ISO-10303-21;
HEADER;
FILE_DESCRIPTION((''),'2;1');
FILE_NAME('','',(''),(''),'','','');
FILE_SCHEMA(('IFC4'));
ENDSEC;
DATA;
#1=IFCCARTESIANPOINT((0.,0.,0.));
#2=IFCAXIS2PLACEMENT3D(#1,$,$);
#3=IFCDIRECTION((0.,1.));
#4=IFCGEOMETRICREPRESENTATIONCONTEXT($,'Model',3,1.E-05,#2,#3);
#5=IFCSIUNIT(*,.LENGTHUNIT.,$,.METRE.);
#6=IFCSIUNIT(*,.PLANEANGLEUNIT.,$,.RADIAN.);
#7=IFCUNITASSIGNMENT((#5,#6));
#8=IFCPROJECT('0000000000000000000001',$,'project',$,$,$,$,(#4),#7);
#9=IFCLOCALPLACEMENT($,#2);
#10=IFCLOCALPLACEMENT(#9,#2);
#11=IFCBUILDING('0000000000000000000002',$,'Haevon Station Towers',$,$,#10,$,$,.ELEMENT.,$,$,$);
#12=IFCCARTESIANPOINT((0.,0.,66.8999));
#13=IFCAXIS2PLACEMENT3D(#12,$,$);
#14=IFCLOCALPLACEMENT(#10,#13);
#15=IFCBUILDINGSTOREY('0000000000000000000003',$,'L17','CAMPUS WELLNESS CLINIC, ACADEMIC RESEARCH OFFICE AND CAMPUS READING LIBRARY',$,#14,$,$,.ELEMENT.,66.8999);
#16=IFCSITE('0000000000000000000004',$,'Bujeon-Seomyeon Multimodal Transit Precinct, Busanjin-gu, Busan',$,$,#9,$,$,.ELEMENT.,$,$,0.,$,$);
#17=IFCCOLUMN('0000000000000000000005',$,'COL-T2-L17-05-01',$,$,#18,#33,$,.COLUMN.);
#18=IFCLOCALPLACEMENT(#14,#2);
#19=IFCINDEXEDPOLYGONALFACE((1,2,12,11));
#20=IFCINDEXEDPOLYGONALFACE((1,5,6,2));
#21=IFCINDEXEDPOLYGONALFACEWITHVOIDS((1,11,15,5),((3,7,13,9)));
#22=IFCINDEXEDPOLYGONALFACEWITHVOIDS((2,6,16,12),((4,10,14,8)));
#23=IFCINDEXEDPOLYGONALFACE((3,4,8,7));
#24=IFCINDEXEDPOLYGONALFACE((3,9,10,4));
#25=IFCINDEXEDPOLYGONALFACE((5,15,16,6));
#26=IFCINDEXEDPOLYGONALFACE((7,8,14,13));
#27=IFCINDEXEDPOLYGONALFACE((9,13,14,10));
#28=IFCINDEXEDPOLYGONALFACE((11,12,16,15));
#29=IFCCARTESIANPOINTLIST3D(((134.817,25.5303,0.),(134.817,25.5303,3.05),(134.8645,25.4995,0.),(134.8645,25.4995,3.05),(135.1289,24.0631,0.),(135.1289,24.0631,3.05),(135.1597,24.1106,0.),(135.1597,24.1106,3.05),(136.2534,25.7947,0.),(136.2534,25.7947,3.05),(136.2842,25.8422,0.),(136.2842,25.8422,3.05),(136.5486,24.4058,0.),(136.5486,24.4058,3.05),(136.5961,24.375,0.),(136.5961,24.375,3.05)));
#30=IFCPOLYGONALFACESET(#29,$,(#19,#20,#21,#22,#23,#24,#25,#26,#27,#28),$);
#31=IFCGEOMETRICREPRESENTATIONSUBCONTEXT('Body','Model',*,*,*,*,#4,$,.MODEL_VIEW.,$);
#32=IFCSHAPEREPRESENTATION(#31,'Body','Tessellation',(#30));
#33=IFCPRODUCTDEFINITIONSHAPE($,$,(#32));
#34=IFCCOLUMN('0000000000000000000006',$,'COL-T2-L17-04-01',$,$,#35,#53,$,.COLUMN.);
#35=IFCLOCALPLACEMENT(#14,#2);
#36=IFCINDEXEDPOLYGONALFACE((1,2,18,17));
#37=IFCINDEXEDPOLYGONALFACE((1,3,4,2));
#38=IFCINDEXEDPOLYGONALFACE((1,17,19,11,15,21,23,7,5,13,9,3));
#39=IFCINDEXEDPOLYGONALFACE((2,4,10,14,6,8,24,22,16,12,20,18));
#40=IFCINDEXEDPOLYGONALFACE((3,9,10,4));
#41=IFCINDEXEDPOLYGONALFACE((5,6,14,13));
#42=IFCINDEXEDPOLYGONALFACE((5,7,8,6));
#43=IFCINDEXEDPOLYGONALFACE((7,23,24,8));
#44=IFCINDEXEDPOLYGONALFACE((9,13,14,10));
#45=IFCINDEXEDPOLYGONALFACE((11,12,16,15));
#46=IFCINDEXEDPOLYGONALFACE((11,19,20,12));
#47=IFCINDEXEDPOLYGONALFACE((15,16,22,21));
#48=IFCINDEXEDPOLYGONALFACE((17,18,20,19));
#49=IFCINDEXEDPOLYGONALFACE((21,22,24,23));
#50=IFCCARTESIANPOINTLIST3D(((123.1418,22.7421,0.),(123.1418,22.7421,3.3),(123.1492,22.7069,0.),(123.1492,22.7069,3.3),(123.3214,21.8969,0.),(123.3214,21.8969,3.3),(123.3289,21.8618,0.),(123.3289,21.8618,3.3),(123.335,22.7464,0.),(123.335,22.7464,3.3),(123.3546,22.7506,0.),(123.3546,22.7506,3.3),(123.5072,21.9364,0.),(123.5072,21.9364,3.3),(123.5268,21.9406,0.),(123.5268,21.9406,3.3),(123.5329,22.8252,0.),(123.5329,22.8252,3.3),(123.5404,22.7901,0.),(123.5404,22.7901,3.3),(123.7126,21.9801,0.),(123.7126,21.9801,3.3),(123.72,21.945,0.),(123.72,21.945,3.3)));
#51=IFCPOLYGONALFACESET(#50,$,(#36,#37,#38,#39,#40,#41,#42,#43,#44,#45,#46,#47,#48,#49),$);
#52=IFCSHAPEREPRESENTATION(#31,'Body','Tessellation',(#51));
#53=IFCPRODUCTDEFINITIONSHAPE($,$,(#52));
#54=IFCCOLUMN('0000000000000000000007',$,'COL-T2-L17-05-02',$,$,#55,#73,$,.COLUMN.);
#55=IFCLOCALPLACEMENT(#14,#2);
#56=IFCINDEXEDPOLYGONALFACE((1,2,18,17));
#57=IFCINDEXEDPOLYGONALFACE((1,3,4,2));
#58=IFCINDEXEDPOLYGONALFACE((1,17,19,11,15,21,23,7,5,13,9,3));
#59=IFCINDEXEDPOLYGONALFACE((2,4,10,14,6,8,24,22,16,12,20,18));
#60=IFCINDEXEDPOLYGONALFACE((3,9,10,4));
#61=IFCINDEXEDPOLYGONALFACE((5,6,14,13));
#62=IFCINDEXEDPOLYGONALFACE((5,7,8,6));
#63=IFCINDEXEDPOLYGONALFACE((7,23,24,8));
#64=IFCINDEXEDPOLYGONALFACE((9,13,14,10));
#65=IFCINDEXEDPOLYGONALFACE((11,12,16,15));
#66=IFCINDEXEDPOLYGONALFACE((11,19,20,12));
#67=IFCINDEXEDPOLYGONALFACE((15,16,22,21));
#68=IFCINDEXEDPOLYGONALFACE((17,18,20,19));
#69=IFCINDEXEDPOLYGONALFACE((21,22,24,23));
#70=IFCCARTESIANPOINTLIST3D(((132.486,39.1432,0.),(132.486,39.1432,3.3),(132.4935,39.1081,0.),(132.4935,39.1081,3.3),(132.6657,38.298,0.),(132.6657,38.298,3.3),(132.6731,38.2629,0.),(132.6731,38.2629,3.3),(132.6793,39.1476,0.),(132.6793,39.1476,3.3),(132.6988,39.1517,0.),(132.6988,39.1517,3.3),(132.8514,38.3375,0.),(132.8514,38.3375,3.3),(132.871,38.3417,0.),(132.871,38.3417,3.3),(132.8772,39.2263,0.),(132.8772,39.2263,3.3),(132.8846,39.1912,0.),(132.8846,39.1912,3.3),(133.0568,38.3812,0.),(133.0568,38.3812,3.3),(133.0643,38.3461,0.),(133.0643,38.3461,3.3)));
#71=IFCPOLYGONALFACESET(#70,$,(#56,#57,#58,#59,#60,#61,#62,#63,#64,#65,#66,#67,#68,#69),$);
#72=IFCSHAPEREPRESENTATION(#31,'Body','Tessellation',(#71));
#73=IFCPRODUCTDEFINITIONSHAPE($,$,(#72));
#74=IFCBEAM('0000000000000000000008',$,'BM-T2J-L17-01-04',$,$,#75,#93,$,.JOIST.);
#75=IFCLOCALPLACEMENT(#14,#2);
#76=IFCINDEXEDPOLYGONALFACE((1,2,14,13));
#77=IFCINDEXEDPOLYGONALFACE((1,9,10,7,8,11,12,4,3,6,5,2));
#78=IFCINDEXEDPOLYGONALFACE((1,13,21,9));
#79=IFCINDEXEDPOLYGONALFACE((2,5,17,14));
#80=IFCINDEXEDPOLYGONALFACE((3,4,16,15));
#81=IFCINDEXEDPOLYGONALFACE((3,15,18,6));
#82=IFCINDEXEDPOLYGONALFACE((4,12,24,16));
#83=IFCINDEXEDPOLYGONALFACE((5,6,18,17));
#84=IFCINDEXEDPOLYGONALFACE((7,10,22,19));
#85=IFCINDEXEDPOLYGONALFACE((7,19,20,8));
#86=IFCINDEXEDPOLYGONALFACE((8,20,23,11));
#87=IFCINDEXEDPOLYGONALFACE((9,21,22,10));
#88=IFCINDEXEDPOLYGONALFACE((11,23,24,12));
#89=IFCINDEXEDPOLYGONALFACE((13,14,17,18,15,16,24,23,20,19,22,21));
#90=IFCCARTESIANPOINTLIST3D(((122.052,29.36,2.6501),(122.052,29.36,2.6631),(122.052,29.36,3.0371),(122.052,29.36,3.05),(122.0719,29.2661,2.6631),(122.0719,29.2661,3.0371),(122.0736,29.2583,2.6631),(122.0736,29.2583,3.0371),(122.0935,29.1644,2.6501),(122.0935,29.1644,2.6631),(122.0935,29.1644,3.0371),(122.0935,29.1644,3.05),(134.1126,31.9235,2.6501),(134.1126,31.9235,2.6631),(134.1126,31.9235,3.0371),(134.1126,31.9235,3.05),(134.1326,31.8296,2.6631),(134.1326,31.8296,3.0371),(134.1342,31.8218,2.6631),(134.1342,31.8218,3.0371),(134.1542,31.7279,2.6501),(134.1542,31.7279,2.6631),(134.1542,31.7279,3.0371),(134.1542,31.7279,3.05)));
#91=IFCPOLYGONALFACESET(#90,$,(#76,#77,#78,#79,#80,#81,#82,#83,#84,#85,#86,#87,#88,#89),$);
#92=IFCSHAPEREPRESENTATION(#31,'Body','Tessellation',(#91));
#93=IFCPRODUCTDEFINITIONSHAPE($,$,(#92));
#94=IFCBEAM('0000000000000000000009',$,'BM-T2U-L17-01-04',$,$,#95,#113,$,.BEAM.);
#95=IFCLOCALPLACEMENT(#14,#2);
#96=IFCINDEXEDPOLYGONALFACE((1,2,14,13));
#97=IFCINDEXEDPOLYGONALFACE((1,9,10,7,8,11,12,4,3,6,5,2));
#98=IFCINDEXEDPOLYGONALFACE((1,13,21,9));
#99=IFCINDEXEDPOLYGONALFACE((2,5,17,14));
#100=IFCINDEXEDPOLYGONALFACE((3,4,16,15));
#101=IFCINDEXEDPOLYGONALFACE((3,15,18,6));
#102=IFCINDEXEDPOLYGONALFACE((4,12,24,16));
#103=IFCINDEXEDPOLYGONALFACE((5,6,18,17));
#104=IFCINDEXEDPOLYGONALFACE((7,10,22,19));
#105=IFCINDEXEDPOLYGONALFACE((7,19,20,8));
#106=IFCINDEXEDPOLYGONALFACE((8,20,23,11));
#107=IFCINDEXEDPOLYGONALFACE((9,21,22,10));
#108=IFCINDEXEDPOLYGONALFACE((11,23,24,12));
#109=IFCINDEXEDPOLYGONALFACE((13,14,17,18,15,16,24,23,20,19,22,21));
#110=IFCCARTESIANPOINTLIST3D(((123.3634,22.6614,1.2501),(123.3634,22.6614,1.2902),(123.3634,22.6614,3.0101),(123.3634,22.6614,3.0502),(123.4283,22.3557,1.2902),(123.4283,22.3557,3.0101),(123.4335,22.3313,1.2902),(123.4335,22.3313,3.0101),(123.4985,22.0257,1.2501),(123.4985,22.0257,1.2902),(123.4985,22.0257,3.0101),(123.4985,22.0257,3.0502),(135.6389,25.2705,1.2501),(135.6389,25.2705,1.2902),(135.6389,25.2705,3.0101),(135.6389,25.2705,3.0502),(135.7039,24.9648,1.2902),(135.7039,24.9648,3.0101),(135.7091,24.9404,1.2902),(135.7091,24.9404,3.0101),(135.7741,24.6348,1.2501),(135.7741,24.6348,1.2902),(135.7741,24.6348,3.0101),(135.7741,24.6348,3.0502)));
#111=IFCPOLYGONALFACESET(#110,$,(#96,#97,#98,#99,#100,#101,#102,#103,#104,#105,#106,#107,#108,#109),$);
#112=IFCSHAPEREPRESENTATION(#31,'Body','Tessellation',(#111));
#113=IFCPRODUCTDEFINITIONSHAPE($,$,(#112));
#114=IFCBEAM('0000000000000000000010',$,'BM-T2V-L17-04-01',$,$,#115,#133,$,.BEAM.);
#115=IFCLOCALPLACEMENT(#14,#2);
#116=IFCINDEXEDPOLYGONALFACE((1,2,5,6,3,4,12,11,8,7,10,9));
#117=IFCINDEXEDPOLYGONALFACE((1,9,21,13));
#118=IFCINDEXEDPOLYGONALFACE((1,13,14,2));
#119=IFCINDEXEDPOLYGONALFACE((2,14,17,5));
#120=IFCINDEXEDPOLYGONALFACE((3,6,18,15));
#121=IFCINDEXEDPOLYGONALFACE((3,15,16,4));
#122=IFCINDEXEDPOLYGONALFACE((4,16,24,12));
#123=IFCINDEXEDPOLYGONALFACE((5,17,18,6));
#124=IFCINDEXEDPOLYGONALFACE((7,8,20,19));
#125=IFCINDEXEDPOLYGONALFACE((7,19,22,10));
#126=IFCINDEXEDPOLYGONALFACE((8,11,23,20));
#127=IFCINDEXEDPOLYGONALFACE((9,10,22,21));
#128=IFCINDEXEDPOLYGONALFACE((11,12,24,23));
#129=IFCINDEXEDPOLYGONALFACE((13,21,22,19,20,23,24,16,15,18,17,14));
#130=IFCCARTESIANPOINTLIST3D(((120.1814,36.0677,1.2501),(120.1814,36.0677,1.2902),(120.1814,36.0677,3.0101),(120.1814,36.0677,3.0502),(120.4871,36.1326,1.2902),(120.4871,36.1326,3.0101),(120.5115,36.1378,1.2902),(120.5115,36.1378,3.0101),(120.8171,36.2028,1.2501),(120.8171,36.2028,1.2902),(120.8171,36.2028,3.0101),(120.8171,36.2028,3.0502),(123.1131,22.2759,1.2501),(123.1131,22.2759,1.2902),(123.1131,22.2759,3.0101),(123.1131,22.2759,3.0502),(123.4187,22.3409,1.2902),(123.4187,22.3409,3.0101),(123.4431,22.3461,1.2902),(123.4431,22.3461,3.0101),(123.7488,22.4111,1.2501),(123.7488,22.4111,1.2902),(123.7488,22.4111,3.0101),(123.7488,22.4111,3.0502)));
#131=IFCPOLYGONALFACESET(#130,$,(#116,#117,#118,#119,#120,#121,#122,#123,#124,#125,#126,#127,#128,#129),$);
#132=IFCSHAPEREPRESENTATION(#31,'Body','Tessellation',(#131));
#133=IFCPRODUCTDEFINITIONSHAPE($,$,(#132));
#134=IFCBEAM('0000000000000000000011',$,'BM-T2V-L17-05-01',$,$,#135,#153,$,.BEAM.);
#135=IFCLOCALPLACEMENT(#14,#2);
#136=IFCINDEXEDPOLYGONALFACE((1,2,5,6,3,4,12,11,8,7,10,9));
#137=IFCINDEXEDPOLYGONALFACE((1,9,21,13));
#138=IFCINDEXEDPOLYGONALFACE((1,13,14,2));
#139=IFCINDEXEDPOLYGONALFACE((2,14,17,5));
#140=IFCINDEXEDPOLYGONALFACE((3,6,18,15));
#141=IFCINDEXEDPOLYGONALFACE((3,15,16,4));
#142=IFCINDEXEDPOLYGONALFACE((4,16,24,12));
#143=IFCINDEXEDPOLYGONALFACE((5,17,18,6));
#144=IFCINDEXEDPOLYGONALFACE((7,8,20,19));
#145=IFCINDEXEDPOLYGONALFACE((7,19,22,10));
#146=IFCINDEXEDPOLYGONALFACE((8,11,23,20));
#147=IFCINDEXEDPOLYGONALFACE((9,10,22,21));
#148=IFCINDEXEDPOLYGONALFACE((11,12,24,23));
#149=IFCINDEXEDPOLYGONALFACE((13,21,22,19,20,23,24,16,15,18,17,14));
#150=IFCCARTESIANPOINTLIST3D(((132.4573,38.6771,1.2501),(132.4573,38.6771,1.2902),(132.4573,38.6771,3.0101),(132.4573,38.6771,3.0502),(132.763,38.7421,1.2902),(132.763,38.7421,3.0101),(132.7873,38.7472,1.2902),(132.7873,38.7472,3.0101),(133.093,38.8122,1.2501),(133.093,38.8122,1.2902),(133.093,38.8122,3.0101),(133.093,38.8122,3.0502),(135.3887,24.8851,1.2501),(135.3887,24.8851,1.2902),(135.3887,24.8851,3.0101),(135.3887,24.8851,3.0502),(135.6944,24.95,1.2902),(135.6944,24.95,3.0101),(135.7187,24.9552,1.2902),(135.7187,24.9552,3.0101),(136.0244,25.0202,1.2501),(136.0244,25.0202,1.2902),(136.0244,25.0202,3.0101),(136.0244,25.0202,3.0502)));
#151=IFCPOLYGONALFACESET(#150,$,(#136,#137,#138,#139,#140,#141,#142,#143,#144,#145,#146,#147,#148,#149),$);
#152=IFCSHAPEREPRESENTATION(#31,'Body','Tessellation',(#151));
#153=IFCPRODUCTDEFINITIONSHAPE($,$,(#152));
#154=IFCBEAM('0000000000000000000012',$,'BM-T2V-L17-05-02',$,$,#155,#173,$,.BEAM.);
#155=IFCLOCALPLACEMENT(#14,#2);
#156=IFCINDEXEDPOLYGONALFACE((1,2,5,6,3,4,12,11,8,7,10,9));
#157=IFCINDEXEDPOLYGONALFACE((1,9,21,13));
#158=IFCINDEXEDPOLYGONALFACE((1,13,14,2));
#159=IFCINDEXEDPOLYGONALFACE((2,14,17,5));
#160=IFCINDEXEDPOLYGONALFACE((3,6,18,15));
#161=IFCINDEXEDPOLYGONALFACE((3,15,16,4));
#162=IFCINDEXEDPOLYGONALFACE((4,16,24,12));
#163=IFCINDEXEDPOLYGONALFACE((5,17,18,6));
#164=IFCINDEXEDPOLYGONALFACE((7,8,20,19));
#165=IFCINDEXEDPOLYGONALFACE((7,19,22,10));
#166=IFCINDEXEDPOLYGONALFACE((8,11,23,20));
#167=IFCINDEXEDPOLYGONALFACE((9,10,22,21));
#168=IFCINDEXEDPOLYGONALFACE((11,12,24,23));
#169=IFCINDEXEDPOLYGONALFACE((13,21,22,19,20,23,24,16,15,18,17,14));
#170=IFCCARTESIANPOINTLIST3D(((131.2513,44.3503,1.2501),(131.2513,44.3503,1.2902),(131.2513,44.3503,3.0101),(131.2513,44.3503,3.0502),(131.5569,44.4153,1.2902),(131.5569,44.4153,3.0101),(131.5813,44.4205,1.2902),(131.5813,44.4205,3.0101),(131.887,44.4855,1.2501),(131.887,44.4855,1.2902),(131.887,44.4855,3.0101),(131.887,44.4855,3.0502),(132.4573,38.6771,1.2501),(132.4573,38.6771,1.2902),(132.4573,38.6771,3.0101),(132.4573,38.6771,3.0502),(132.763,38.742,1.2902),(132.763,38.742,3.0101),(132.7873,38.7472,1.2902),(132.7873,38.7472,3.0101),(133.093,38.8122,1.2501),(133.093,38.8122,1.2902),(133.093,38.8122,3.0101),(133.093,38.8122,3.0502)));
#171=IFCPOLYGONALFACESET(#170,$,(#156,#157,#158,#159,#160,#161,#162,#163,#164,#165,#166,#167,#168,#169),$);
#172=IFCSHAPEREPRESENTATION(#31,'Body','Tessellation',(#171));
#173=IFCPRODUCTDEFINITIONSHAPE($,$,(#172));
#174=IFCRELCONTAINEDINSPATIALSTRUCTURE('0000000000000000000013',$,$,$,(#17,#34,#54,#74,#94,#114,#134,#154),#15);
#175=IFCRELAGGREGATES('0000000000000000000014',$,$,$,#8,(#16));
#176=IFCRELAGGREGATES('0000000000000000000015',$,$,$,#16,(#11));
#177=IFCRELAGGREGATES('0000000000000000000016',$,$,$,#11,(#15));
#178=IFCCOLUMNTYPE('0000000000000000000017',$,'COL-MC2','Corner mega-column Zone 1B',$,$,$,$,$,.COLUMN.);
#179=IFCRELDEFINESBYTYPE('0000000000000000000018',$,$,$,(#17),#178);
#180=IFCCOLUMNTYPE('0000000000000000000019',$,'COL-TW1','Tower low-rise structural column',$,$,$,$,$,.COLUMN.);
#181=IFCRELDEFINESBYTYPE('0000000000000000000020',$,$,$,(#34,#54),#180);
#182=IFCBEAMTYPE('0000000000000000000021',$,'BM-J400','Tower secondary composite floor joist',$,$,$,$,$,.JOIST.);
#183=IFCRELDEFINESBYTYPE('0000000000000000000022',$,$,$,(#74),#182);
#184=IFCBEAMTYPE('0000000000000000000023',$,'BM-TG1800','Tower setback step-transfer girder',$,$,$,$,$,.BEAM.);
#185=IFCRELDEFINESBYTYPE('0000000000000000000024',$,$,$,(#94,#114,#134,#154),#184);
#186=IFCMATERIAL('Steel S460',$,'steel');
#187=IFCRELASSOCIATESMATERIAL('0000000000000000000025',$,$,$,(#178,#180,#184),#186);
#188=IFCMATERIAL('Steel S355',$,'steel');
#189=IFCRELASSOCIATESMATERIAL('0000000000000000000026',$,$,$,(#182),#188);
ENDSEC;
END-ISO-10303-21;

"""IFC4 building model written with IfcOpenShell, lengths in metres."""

from ifc_helpers import new_model, si_unit, direction, frame, origin, origin_2d, place, context, subcontext, project, spatial, hollow_rectangle, i_section, extrude, material, material_profile, profile_set, type_object, element, save


model = new_model("IFC4")

# Units and contexts
model_context = context("Model", 3, precision=1e-05, world=origin(), true_north=direction((0.0, 1.0)))
body_context = subcontext(model_context, "Body", "Model", "MODEL_VIEW")
ifc_project = project(units=[si_unit("LENGTHUNIT", "METRE"), si_unit("PLANEANGLEUNIT", "RADIAN")], contexts=[model_context])

# Site, building, storey
site_placement = place(None, origin())
site = spatial("IfcSite", under=ifc_project, at=site_placement, Name="Bujeon-Seomyeon Multimodal Transit Precinct, Busanjin-gu, Busan", CompositionType="ELEMENT", RefElevation=0.0)
building_placement = place(site_placement, origin())
building = spatial("IfcBuilding", under=site, at=building_placement, Name="Haevon Station Towers", CompositionType="ELEMENT")
storey_placement = place(building_placement, frame((0.0, 0.0, 66.8999)))
storey = spatial("IfcBuildingStorey", under=building, at=storey_placement, Name="L17", Description="CAMPUS WELLNESS CLINIC, ACADEMIC RESEARCH OFFICE AND CAMPUS READING LIBRARY", CompositionType="ELEMENT", Elevation=66.8999)

# Columns
ifc_material_1 = material(Name="Steel S460", Category="steel")
ifc_material_profile_1 = material_profile(ifc_material_1, hollow_rectangle(XDim=1.5, YDim=1.5, WallThickness=0.04, at=origin_2d()), Name="BOX-1500x1500x40")
ifc_profile_set_1 = profile_set([ifc_material_profile_1], Name="Steel S460")
column_type_1 = type_object("IfcColumnType", Name="COL-MC2", Description="Corner mega-column Zone 1B", PredefinedType="COLUMN", material=ifc_profile_set_1)
column_placement = place(storey_placement, frame((135.7065, 24.9526, 0.0), z_axis=(0.0, 0.0, 1.0), x_axis=(0.978148, 0.207912, 0.0)))
element("IfcColumn", 1, at=column_placement, inside=storey, type_object=column_type_1, Name="COL-T2-L17-05-01", PredefinedType="COLUMN", context=body_context, shape_type="SweptSolid", body=[
    extrude(hollow_rectangle(XDim=1.5, YDim=1.5, WallThickness=0.04, at=origin_2d()), origin(), (0.0, 0.0, 1.0), 3.05),
])
ifc_material_profile_2 = material_profile(ifc_material_1, i_section(OverallWidth=0.3999, OverallDepth=0.8999, WebThickness=0.02, FlangeThickness=0.0359, at=origin_2d()), Name="H-900x400x20x36")
ifc_profile_set_2 = profile_set([ifc_material_profile_2], Name="Steel S460")
column_type_2 = type_object("IfcColumnType", Name="COL-TW1", Description="Tower low-rise structural column", PredefinedType="COLUMN", material=ifc_profile_set_2)
for number, where, z_axis, x_axis, name in (
    (2, (123.4309, 22.3435, 0.0), (0.0, 0.0, 1.0), (0.978148, 0.207912, 0.0), "COL-T2-L17-04-01"),
    (3, (132.7751, 38.7446, 0.0), (0.0, 0.0, 1.0), (0.978148, 0.207912, 0.0), "COL-T2-L17-05-02"),
):
    element("IfcColumn", number, at=place(storey_placement, frame(where, z_axis=z_axis, x_axis=x_axis)), inside=storey, type_object=column_type_2, Name=name, PredefinedType="COLUMN", context=body_context, shape_type="SweptSolid", body=[
        extrude(i_section(OverallWidth=0.3999, OverallDepth=0.8999, WebThickness=0.02, FlangeThickness=0.0359, at=origin_2d()), origin(), (0.0, 0.0, 1.0), 3.3),
    ])

# Beams
ifc_material_2 = material(Name="Steel S355", Category="steel")
ifc_material_profile_3 = material_profile(ifc_material_2, i_section(OverallWidth=0.2, OverallDepth=0.3999, WebThickness=0.0081, FlangeThickness=0.0129, at=origin_2d()), Name="H-400x200x8x13")
ifc_profile_set_3 = profile_set([ifc_material_profile_3], Name="Steel S355")
beam_type_1 = type_object("IfcBeamType", Name="BM-J400", Description="Tower secondary composite floor joist", PredefinedType="JOIST", material=ifc_profile_set_3)
beam_1_placement = place(storey_placement, frame((122.0728, 29.2622, 2.8501), z_axis=(0.978149, 0.207906, 0.0), x_axis=(-0.207906, 0.978149, 0.0)))
element("IfcBeam", 4, at=beam_1_placement, inside=storey, type_object=beam_type_1, Name="BM-T2J-L17-01-04", PredefinedType="JOIST", context=body_context, shape_type="SweptSolid", body=[
    extrude(i_section(OverallWidth=0.2, OverallDepth=0.3999, WebThickness=0.0081, FlangeThickness=0.0129, at=origin_2d()), origin(), (0.0, 0.0, 1.0), 12.3301),
])
ifc_material_profile_4 = material_profile(ifc_material_1, i_section(OverallWidth=0.6499, OverallDepth=1.8, WebThickness=0.0249, FlangeThickness=0.04, at=origin_2d()), Name="H-1800x650x25x40")
ifc_profile_set_4 = profile_set([ifc_material_profile_4], Name="Steel S460")
beam_type_2 = type_object("IfcBeamType", Name="BM-TG1800", Description="Tower setback step-transfer girder", PredefinedType="BEAM", material=ifc_profile_set_4)
beam_2_placement = place(storey_placement, frame((123.4309, 22.3435, 2.1501), z_axis=(0.97815, 0.207901, 0.0), x_axis=(-0.207901, 0.97815, 0.0)))
element("IfcBeam", 5, at=beam_2_placement, inside=storey, type_object=beam_type_2, Name="BM-T2U-L17-01-04", PredefinedType="BEAM", context=body_context, shape_type="SweptSolid", body=[
    extrude(i_section(OverallWidth=0.6499, OverallDepth=1.8, WebThickness=0.0249, FlangeThickness=0.04, at=origin_2d()), origin(), (0.0, 0.0, 1.0), 12.5498),
])
beam_3_placement = place(storey_placement, frame((123.4309, 22.3435, 2.1501), z_axis=(-0.207919, 0.978146, 0.0), x_axis=(-0.978146, -0.207919, 0.0)))
element("IfcBeam", 6, at=beam_3_placement, inside=storey, type_object=beam_type_2, Name="BM-T2V-L17-04-01", PredefinedType="BEAM", context=body_context, shape_type="SweptSolid", body=[
    extrude(i_section(OverallWidth=0.6499, OverallDepth=1.8, WebThickness=0.0249, FlangeThickness=0.04, at=origin_2d()), origin(), (0.0, 0.0, 1.0), 14.0999),
])
beam_4_placement = place(storey_placement, frame((135.7065, 24.9526, 2.1501), z_axis=(-0.207899, 0.97815, 0.0), x_axis=(-0.97815, -0.207899, 0.0)))
element("IfcBeam", 7, at=beam_4_placement, inside=storey, type_object=beam_type_2, Name="BM-T2V-L17-05-01", PredefinedType="BEAM", context=body_context, shape_type="SweptSolid", body=[
    extrude(i_section(OverallWidth=0.6499, OverallDepth=1.8, WebThickness=0.0249, FlangeThickness=0.04, at=origin_2d()), origin(), (0.0, 0.0, 1.0), 14.1001),
])
beam_5_placement = place(storey_placement, frame((132.7751, 38.7446, 2.1501), z_axis=(-0.207936, 0.978142, 0.0), x_axis=(-0.978142, -0.207936, 0.0)))
element("IfcBeam", 8, at=beam_5_placement, inside=storey, type_object=beam_type_2, Name="BM-T2V-L17-05-02", PredefinedType="BEAM", context=body_context, shape_type="SweptSolid", body=[
    extrude(i_section(OverallWidth=0.6499, OverallDepth=1.8, WebThickness=0.0249, FlangeThickness=0.04, at=origin_2d()), origin(), (0.0, 0.0, 1.0), 5.8),
])

save(model, "model.ifc")
